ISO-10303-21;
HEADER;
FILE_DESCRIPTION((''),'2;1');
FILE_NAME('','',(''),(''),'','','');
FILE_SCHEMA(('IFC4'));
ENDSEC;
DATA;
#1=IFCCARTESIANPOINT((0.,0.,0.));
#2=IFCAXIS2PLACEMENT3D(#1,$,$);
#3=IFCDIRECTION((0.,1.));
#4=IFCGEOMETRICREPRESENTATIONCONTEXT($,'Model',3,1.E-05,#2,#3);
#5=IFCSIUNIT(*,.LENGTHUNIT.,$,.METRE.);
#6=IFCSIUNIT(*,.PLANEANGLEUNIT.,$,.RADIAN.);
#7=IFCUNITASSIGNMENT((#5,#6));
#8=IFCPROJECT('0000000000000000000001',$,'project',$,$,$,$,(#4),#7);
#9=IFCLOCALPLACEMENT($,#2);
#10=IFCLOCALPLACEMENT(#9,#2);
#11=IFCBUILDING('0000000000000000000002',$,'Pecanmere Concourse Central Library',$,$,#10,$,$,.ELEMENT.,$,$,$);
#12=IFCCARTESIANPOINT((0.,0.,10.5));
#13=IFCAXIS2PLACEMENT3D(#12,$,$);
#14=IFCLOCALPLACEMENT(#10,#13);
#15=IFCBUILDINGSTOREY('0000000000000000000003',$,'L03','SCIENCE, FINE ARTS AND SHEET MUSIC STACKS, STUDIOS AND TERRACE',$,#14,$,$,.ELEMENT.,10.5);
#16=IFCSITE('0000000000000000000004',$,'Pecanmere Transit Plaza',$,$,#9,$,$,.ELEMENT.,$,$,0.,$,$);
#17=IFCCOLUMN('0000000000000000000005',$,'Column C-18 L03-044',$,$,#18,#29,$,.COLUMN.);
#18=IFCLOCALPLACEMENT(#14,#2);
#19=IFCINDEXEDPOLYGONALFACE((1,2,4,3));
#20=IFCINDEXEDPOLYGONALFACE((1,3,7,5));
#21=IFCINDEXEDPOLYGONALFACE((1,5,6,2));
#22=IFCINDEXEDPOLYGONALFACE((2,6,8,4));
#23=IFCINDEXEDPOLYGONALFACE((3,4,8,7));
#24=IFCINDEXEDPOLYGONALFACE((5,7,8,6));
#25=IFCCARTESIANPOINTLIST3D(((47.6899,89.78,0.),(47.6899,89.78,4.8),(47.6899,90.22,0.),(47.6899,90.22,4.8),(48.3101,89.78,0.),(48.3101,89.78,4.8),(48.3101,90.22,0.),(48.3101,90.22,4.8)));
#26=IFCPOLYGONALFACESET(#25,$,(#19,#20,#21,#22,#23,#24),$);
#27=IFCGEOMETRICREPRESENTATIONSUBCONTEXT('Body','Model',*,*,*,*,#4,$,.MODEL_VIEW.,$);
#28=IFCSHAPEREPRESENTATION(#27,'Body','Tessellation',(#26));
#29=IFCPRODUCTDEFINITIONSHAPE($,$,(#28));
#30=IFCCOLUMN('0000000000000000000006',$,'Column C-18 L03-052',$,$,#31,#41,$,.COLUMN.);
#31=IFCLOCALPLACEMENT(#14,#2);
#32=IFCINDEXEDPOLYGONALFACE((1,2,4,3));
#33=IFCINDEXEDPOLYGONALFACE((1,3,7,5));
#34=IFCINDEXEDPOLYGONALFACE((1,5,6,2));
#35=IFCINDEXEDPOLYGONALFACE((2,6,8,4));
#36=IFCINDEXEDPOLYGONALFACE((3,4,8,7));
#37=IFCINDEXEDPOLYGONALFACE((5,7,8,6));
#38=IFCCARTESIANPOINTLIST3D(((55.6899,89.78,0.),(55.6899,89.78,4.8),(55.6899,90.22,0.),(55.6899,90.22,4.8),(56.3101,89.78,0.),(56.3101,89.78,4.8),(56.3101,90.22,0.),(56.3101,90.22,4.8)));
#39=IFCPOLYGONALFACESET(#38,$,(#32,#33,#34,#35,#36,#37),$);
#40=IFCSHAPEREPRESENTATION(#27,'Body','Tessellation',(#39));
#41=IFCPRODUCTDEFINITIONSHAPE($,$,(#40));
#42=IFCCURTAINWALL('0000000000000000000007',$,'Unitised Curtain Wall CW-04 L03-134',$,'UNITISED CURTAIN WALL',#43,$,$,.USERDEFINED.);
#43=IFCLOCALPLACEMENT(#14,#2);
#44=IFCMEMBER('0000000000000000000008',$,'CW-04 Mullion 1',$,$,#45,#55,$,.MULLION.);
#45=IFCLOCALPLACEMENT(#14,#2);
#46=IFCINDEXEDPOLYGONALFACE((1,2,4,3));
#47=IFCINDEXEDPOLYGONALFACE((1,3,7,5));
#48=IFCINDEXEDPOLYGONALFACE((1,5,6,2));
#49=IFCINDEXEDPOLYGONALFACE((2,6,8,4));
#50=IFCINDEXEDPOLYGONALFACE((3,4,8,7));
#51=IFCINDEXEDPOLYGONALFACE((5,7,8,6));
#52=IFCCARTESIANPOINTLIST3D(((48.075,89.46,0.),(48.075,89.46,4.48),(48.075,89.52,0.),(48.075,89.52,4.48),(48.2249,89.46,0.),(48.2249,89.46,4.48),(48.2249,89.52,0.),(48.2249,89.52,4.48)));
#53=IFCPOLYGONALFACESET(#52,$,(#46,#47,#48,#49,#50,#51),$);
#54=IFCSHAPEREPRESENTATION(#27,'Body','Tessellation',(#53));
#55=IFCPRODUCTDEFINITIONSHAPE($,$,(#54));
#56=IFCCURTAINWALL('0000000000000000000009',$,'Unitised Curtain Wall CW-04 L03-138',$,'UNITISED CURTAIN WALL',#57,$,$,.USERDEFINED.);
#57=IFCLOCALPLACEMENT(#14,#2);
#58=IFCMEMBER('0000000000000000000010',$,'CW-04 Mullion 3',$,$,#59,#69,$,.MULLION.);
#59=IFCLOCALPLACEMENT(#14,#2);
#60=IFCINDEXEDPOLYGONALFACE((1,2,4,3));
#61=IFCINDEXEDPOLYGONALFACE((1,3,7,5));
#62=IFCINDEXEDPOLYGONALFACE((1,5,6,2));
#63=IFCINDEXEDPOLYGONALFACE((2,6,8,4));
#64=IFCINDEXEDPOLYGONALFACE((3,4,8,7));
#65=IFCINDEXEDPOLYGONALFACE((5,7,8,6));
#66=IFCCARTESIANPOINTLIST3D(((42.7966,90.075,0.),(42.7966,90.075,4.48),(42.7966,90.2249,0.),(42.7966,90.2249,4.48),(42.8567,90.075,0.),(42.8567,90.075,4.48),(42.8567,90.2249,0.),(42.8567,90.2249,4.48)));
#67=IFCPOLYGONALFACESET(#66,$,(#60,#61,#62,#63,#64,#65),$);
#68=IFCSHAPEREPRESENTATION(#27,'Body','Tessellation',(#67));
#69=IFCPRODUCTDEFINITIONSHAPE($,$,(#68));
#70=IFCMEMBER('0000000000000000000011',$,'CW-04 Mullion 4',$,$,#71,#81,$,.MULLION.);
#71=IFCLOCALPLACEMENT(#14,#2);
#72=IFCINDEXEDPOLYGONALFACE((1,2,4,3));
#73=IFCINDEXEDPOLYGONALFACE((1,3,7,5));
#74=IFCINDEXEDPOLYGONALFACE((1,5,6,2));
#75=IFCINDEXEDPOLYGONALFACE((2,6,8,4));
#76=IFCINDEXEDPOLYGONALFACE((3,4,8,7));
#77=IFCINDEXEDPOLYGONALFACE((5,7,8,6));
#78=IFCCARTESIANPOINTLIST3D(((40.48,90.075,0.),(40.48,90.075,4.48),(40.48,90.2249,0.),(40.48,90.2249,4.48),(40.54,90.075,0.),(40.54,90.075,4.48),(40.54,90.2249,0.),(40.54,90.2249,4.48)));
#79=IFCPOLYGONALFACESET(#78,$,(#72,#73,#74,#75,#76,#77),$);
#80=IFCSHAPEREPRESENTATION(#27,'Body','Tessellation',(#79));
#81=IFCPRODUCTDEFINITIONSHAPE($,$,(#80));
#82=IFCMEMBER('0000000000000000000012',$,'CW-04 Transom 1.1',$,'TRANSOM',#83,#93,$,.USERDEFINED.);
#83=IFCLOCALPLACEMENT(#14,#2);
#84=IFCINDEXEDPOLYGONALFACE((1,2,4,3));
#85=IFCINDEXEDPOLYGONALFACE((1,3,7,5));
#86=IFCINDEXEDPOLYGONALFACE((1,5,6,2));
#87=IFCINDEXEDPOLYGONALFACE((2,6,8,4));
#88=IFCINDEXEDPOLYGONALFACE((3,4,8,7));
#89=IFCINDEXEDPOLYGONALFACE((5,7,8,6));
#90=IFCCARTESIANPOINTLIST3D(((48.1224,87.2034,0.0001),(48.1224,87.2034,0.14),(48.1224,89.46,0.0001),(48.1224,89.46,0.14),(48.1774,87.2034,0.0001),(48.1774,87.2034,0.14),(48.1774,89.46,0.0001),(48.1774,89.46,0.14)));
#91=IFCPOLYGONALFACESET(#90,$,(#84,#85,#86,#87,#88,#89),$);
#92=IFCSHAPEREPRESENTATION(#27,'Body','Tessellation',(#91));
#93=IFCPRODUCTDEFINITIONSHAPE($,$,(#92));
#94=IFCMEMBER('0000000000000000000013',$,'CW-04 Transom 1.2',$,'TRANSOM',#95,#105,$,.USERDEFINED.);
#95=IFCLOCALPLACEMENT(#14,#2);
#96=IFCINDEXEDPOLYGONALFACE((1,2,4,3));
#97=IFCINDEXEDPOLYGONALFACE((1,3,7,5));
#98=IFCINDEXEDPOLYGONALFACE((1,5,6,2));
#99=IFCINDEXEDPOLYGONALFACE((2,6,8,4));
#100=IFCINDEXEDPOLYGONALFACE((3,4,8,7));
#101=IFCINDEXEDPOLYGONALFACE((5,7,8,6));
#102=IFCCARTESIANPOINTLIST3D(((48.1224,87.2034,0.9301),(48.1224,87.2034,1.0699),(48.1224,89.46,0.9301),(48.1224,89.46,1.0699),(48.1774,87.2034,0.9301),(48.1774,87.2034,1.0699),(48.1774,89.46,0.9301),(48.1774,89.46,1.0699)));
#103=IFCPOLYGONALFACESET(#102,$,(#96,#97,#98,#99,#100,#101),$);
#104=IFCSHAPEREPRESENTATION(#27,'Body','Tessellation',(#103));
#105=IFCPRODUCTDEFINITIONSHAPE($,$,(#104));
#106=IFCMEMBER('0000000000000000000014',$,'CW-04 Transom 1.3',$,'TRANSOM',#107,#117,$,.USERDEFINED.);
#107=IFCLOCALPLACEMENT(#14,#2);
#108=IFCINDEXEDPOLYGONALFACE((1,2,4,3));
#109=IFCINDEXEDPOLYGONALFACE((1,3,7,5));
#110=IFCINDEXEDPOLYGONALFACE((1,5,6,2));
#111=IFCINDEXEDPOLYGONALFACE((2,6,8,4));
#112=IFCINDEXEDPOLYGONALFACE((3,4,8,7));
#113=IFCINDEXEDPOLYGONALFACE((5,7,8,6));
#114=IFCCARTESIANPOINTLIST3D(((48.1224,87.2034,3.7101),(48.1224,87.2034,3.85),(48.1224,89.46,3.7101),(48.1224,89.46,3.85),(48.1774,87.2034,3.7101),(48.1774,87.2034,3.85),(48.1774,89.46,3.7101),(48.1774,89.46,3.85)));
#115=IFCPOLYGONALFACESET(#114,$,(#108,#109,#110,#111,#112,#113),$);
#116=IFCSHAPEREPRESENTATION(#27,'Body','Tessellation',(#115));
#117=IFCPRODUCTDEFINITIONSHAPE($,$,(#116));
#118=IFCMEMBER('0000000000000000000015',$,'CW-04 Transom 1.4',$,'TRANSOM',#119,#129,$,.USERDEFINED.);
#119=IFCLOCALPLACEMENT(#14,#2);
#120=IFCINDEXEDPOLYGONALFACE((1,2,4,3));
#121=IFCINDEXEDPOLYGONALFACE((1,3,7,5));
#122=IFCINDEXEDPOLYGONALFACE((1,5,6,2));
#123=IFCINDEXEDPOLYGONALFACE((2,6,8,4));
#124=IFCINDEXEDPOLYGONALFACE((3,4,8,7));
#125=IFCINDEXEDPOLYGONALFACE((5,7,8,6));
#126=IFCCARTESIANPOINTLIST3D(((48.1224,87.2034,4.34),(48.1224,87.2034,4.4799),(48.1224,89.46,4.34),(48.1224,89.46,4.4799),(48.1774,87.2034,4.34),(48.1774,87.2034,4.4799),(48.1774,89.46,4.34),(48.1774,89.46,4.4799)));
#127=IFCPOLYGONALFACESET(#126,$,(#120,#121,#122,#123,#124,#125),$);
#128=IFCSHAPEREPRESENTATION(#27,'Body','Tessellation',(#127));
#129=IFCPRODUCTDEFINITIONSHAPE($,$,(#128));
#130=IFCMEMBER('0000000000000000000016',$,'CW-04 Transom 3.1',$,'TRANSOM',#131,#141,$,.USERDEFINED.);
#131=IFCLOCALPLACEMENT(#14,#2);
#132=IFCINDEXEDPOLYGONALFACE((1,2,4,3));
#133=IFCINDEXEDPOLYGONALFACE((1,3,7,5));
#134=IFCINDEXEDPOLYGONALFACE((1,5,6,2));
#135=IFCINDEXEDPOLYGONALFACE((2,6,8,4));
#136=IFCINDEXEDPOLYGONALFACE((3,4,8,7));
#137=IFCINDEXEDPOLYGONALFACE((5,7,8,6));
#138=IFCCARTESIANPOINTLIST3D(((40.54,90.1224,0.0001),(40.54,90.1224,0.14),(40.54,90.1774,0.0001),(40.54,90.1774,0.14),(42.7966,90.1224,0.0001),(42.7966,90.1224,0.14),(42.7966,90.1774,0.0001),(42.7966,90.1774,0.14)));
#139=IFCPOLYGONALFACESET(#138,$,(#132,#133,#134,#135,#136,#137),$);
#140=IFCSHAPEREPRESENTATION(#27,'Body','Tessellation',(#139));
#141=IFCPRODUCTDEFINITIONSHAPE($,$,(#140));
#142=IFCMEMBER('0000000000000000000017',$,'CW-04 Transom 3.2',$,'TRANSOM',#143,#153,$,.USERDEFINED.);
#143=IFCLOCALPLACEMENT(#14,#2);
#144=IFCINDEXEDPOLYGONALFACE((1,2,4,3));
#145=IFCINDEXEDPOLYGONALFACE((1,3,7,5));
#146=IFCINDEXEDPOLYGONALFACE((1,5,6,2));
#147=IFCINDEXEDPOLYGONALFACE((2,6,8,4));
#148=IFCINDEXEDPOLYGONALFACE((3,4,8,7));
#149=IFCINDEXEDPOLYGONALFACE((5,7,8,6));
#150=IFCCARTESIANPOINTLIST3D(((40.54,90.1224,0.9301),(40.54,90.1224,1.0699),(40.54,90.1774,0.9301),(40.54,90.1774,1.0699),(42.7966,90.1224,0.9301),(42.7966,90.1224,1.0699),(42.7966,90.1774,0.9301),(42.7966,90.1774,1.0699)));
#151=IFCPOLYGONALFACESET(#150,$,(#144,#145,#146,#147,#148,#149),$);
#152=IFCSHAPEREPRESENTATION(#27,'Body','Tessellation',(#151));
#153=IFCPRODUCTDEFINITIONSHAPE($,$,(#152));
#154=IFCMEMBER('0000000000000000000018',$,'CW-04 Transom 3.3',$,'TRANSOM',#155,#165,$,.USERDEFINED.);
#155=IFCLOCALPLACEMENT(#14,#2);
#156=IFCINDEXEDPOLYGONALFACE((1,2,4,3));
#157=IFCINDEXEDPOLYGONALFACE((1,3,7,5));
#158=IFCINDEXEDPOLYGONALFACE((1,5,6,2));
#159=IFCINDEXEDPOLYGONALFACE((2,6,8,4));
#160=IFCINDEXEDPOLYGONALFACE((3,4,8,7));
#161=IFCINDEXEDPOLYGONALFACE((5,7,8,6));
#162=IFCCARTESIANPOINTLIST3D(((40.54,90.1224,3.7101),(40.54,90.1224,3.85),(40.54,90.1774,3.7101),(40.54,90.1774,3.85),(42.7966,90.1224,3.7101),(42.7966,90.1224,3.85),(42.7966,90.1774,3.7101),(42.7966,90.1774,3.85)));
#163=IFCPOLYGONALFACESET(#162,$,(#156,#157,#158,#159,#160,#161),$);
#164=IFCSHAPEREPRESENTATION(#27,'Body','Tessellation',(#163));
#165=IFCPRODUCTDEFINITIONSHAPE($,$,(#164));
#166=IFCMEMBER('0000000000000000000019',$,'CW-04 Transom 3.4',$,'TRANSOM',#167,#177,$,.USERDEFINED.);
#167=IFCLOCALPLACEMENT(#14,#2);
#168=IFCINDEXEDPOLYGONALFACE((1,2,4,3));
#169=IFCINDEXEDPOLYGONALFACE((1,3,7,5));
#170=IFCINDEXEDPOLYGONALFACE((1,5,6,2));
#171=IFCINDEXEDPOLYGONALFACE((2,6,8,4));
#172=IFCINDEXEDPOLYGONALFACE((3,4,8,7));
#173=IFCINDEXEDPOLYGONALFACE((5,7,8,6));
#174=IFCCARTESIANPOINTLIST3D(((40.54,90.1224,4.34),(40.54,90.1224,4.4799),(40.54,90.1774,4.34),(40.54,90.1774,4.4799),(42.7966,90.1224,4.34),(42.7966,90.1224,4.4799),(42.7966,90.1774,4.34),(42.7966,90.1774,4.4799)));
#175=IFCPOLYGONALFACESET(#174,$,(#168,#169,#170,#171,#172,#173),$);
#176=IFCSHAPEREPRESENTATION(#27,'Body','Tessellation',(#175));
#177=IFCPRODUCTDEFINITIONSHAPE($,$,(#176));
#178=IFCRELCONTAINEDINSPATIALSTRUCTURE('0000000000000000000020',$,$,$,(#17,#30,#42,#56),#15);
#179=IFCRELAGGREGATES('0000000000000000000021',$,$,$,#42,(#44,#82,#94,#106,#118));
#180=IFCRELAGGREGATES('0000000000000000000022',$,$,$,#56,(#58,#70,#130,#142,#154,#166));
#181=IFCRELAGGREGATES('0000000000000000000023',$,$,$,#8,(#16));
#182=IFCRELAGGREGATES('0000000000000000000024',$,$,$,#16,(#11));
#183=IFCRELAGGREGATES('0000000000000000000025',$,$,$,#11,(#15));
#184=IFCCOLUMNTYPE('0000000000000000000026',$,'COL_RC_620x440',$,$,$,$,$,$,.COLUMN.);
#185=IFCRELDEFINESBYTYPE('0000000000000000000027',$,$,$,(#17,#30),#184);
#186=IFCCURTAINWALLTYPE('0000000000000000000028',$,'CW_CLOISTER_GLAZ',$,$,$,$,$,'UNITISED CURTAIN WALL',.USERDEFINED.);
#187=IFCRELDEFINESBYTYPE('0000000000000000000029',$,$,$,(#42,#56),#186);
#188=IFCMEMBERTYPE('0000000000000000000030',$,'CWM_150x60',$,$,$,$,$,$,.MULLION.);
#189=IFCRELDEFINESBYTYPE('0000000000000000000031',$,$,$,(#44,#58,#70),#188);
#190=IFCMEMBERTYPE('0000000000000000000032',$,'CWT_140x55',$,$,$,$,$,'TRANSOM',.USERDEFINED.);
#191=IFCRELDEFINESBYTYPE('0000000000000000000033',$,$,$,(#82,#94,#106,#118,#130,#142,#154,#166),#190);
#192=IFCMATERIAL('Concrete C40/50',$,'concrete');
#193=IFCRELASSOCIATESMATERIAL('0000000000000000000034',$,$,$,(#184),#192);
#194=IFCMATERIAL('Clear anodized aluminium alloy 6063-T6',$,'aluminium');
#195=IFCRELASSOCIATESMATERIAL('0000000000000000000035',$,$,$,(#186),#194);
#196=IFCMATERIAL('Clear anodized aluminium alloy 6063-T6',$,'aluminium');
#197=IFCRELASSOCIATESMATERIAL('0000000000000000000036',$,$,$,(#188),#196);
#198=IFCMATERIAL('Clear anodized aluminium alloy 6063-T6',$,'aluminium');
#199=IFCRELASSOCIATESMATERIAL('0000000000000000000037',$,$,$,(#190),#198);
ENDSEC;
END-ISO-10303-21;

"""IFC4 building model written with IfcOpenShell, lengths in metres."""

from ifc_helpers import new_model, si_unit, direction, frame, origin, origin_2d, place, context, subcontext, project, spatial, rectangle, extrude, material, material_profile, profile_set, type_object, element, aggregate, save


model = new_model("IFC4")

# Units and contexts
model_context = context("Model", 3, precision=1e-05, world=origin(), true_north=direction((0.0, 1.0)))
body_context = subcontext(model_context, "Body", "Model", "MODEL_VIEW")
ifc_project = project(units=[si_unit("LENGTHUNIT", "METRE"), si_unit("PLANEANGLEUNIT", "RADIAN")], contexts=[model_context])

# Site, building, storey
site_placement = place(None, origin())
site = spatial("IfcSite", under=ifc_project, at=site_placement, Name="Pecanmere Transit Plaza", CompositionType="ELEMENT", RefElevation=0.0)
building_placement = place(site_placement, origin())
building = spatial("IfcBuilding", under=site, at=building_placement, Name="Pecanmere Concourse Central Library", CompositionType="ELEMENT")
storey_placement = place(building_placement, frame((0.0, 0.0, 10.5)))
storey = spatial("IfcBuildingStorey", under=building, at=storey_placement, Name="L03", Description="SCIENCE, FINE ARTS AND SHEET MUSIC STACKS, STUDIOS AND TERRACE", CompositionType="ELEMENT", Elevation=10.5)

# Columns
ifc_material_1 = material(Name="Concrete C40/50", Category="concrete")
ifc_material_profile_1 = material_profile(ifc_material_1, rectangle(XDim=0.6201, YDim=0.4399, at=origin_2d()), Name="RC 620x440")
ifc_profile_set_1 = profile_set([ifc_material_profile_1], Name="Concrete C40/50")
column_type = type_object("IfcColumnType", Name="COL_RC_620x440", PredefinedType="COLUMN", material=ifc_profile_set_1)
for number, where, z_axis, x_axis, name in (
    (1, (48.0, 90.0, 0.0), (0.0, 0.0, 1.0), (1.0, 0.0, 0.0), "Column C-18 L03-044"),
    (2, (56.0, 90.0, 0.0), (0.0, 0.0, 1.0), (1.0, 0.0, 0.0), "Column C-18 L03-052"),
):
    element("IfcColumn", number, at=place(storey_placement, frame(where, z_axis=z_axis, x_axis=x_axis)), inside=storey, type_object=column_type, Name=name, PredefinedType="COLUMN", context=body_context, shape_type="SweptSolid", body=[
        extrude(rectangle(XDim=0.6201, YDim=0.4399, at=origin_2d()), origin(), (0.0, 0.0, 1.0), 4.8),
    ])

# Curtain wall, member
ifc_material_2 = material(Name="Clear anodized aluminium alloy 6063-T6", Category="aluminium")
curtain_wall_type = type_object("IfcCurtainWallType", Name="CW_CLOISTER_GLAZ", ElementType="UNITISED CURTAIN WALL", PredefinedType="USERDEFINED", material=ifc_material_2)
curtain_wall_1_placement = place(storey_placement, origin())
curtain_wall_1 = element("IfcCurtainWall", 3, at=curtain_wall_1_placement, inside=storey, type_object=curtain_wall_type, Name="Unitised Curtain Wall CW-04 L03-134", ObjectType="UNITISED CURTAIN WALL", PredefinedType="USERDEFINED")
ifc_material_3 = material(Name="Clear anodized aluminium alloy 6063-T6", Category="aluminium")
ifc_material_profile_2 = material_profile(ifc_material_3, rectangle(XDim=0.0601, YDim=0.1499, at=origin_2d()), Name="AL 60x150")
ifc_profile_set_2 = profile_set([ifc_material_profile_2], Name="Clear anodized aluminium alloy 6063-T6")
member_type_1 = type_object("IfcMemberType", Name="CWM_150x60", PredefinedType="MULLION", material=ifc_profile_set_2)
member_1_placement = place(storey_placement, frame((48.1499, 89.49, 0.0), z_axis=(0.0, 0.0, 1.0), x_axis=(0.0, -1.0, 0.0)))
member_1 = element("IfcMember", 4, at=member_1_placement, type_object=member_type_1, Name="CW-04 Mullion 1", PredefinedType="MULLION", context=body_context, shape_type="SweptSolid", body=[
    extrude(rectangle(XDim=0.0601, YDim=0.1499, at=origin_2d()), origin(), (0.0, 0.0, 1.0), 4.48),
])

# Curtain wall, members
curtain_wall_2_placement = place(storey_placement, origin())
curtain_wall_2 = element("IfcCurtainWall", 5, at=curtain_wall_2_placement, inside=storey, type_object=curtain_wall_type, Name="Unitised Curtain Wall CW-04 L03-138", ObjectType="UNITISED CURTAIN WALL", PredefinedType="USERDEFINED")
member_2_placement = place(storey_placement, frame((42.8267, 90.1499, 0.0), z_axis=(0.0, 0.0, 1.0), x_axis=(-1.0, 0.0, 0.0)))
member_2 = element("IfcMember", 6, at=member_2_placement, type_object=member_type_1, Name="CW-04 Mullion 3", PredefinedType="MULLION", context=body_context, shape_type="SweptSolid", body=[
    extrude(rectangle(XDim=0.0601, YDim=0.1499, at=origin_2d()), origin(), (0.0, 0.0, 1.0), 4.48),
])
member_3_placement = place(storey_placement, frame((40.51, 90.1499, 0.0), z_axis=(0.0, 0.0, 1.0), x_axis=(-1.0, 0.0, 0.0)))
member_3 = element("IfcMember", 7, at=member_3_placement, type_object=member_type_1, Name="CW-04 Mullion 4", PredefinedType="MULLION", context=body_context, shape_type="SweptSolid", body=[
    extrude(rectangle(XDim=0.0601, YDim=0.1499, at=origin_2d()), origin(), (0.0, 0.0, 1.0), 4.48),
])

# Members
ifc_material_4 = material(Name="Clear anodized aluminium alloy 6063-T6", Category="aluminium")
ifc_material_profile_3 = material_profile(ifc_material_4, rectangle(XDim=0.0549, YDim=0.1399, at=origin_2d()), Name="AL 55x140")
ifc_profile_set_3 = profile_set([ifc_material_profile_3], Name="Clear anodized aluminium alloy 6063-T6")
member_type_2 = type_object("IfcMemberType", Name="CWT_140x55", ElementType="TRANSOM", PredefinedType="USERDEFINED", material=ifc_profile_set_3)
member_4_placement = place(storey_placement, frame((48.1499, 89.46, 0.0701), z_axis=(0.0, -1.0, 0.0), x_axis=(1.0, 0.0, 0.0)))
member_4 = element("IfcMember", 8, at=member_4_placement, type_object=member_type_2, Name="CW-04 Transom 1.1", ObjectType="TRANSOM", PredefinedType="USERDEFINED", context=body_context, shape_type="SweptSolid", body=[
    extrude(rectangle(XDim=0.0549, YDim=0.1399, at=origin_2d()), origin(), (0.0, 0.0, 1.0), 2.2566),
])
member_5_placement = place(storey_placement, frame((48.1499, 89.46, 1.0), z_axis=(0.0, -1.0, 0.0), x_axis=(1.0, 0.0, 0.0)))
member_5 = element("IfcMember", 9, at=member_5_placement, type_object=member_type_2, Name="CW-04 Transom 1.2", ObjectType="TRANSOM", PredefinedType="USERDEFINED", context=body_context, shape_type="SweptSolid", body=[
    extrude(rectangle(XDim=0.0549, YDim=0.1399, at=origin_2d()), origin(), (0.0, 0.0, 1.0), 2.2566),
])
member_6_placement = place(storey_placement, frame((48.1499, 89.46, 3.78), z_axis=(0.0, -1.0, 0.0), x_axis=(1.0, 0.0, 0.0)))
member_6 = element("IfcMember", 10, at=member_6_placement, type_object=member_type_2, Name="CW-04 Transom 1.3", ObjectType="TRANSOM", PredefinedType="USERDEFINED", context=body_context, shape_type="SweptSolid", body=[
    extrude(rectangle(XDim=0.0549, YDim=0.1399, at=origin_2d()), origin(), (0.0, 0.0, 1.0), 2.2566),
])
member_7_placement = place(storey_placement, frame((48.1499, 89.46, 4.4099), z_axis=(0.0, -1.0, 0.0), x_axis=(1.0, 0.0, 0.0)))
member_7 = element("IfcMember", 11, at=member_7_placement, type_object=member_type_2, Name="CW-04 Transom 1.4", ObjectType="TRANSOM", PredefinedType="USERDEFINED", context=body_context, shape_type="SweptSolid", body=[
    extrude(rectangle(XDim=0.0549, YDim=0.1399, at=origin_2d()), origin(), (0.0, 0.0, 1.0), 2.2566),
])
member_8_placement = place(storey_placement, frame((42.7966, 90.1499, 0.0701), z_axis=(-1.0, 0.0, 0.0), x_axis=(0.0, -1.0, 0.0)))
member_8 = element("IfcMember", 12, at=member_8_placement, type_object=member_type_2, Name="CW-04 Transom 3.1", ObjectType="TRANSOM", PredefinedType="USERDEFINED", context=body_context, shape_type="SweptSolid", body=[
    extrude(rectangle(XDim=0.0549, YDim=0.1399, at=origin_2d()), origin(), (0.0, 0.0, 1.0), 2.2566),
])
member_9_placement = place(storey_placement, frame((42.7966, 90.1499, 1.0), z_axis=(-1.0, 0.0, 0.0), x_axis=(0.0, -1.0, 0.0)))
member_9 = element("IfcMember", 13, at=member_9_placement, type_object=member_type_2, Name="CW-04 Transom 3.2", ObjectType="TRANSOM", PredefinedType="USERDEFINED", context=body_context, shape_type="SweptSolid", body=[
    extrude(rectangle(XDim=0.0549, YDim=0.1399, at=origin_2d()), origin(), (0.0, 0.0, 1.0), 2.2566),
])
member_10_placement = place(storey_placement, frame((42.7966, 90.1499, 3.78), z_axis=(-1.0, 0.0, 0.0), x_axis=(0.0, -1.0, 0.0)))
member_10 = element("IfcMember", 14, at=member_10_placement, type_object=member_type_2, Name="CW-04 Transom 3.3", ObjectType="TRANSOM", PredefinedType="USERDEFINED", context=body_context, shape_type="SweptSolid", body=[
    extrude(rectangle(XDim=0.0549, YDim=0.1399, at=origin_2d()), origin(), (0.0, 0.0, 1.0), 2.2566),
])
member_11_placement = place(storey_placement, frame((42.7966, 90.1499, 4.4099), z_axis=(-1.0, 0.0, 0.0), x_axis=(0.0, -1.0, 0.0)))
member_11 = element("IfcMember", 15, at=member_11_placement, type_object=member_type_2, Name="CW-04 Transom 3.4", ObjectType="TRANSOM", PredefinedType="USERDEFINED", context=body_context, shape_type="SweptSolid", body=[
    extrude(rectangle(XDim=0.0549, YDim=0.1399, at=origin_2d()), origin(), (0.0, 0.0, 1.0), 2.2566),
])

aggregate(curtain_wall_1, [member_1, member_4, member_5, member_6, member_7])
aggregate(curtain_wall_2, [member_2, member_3, member_8, member_9, member_10, member_11])

save(model, "model.ifc")
